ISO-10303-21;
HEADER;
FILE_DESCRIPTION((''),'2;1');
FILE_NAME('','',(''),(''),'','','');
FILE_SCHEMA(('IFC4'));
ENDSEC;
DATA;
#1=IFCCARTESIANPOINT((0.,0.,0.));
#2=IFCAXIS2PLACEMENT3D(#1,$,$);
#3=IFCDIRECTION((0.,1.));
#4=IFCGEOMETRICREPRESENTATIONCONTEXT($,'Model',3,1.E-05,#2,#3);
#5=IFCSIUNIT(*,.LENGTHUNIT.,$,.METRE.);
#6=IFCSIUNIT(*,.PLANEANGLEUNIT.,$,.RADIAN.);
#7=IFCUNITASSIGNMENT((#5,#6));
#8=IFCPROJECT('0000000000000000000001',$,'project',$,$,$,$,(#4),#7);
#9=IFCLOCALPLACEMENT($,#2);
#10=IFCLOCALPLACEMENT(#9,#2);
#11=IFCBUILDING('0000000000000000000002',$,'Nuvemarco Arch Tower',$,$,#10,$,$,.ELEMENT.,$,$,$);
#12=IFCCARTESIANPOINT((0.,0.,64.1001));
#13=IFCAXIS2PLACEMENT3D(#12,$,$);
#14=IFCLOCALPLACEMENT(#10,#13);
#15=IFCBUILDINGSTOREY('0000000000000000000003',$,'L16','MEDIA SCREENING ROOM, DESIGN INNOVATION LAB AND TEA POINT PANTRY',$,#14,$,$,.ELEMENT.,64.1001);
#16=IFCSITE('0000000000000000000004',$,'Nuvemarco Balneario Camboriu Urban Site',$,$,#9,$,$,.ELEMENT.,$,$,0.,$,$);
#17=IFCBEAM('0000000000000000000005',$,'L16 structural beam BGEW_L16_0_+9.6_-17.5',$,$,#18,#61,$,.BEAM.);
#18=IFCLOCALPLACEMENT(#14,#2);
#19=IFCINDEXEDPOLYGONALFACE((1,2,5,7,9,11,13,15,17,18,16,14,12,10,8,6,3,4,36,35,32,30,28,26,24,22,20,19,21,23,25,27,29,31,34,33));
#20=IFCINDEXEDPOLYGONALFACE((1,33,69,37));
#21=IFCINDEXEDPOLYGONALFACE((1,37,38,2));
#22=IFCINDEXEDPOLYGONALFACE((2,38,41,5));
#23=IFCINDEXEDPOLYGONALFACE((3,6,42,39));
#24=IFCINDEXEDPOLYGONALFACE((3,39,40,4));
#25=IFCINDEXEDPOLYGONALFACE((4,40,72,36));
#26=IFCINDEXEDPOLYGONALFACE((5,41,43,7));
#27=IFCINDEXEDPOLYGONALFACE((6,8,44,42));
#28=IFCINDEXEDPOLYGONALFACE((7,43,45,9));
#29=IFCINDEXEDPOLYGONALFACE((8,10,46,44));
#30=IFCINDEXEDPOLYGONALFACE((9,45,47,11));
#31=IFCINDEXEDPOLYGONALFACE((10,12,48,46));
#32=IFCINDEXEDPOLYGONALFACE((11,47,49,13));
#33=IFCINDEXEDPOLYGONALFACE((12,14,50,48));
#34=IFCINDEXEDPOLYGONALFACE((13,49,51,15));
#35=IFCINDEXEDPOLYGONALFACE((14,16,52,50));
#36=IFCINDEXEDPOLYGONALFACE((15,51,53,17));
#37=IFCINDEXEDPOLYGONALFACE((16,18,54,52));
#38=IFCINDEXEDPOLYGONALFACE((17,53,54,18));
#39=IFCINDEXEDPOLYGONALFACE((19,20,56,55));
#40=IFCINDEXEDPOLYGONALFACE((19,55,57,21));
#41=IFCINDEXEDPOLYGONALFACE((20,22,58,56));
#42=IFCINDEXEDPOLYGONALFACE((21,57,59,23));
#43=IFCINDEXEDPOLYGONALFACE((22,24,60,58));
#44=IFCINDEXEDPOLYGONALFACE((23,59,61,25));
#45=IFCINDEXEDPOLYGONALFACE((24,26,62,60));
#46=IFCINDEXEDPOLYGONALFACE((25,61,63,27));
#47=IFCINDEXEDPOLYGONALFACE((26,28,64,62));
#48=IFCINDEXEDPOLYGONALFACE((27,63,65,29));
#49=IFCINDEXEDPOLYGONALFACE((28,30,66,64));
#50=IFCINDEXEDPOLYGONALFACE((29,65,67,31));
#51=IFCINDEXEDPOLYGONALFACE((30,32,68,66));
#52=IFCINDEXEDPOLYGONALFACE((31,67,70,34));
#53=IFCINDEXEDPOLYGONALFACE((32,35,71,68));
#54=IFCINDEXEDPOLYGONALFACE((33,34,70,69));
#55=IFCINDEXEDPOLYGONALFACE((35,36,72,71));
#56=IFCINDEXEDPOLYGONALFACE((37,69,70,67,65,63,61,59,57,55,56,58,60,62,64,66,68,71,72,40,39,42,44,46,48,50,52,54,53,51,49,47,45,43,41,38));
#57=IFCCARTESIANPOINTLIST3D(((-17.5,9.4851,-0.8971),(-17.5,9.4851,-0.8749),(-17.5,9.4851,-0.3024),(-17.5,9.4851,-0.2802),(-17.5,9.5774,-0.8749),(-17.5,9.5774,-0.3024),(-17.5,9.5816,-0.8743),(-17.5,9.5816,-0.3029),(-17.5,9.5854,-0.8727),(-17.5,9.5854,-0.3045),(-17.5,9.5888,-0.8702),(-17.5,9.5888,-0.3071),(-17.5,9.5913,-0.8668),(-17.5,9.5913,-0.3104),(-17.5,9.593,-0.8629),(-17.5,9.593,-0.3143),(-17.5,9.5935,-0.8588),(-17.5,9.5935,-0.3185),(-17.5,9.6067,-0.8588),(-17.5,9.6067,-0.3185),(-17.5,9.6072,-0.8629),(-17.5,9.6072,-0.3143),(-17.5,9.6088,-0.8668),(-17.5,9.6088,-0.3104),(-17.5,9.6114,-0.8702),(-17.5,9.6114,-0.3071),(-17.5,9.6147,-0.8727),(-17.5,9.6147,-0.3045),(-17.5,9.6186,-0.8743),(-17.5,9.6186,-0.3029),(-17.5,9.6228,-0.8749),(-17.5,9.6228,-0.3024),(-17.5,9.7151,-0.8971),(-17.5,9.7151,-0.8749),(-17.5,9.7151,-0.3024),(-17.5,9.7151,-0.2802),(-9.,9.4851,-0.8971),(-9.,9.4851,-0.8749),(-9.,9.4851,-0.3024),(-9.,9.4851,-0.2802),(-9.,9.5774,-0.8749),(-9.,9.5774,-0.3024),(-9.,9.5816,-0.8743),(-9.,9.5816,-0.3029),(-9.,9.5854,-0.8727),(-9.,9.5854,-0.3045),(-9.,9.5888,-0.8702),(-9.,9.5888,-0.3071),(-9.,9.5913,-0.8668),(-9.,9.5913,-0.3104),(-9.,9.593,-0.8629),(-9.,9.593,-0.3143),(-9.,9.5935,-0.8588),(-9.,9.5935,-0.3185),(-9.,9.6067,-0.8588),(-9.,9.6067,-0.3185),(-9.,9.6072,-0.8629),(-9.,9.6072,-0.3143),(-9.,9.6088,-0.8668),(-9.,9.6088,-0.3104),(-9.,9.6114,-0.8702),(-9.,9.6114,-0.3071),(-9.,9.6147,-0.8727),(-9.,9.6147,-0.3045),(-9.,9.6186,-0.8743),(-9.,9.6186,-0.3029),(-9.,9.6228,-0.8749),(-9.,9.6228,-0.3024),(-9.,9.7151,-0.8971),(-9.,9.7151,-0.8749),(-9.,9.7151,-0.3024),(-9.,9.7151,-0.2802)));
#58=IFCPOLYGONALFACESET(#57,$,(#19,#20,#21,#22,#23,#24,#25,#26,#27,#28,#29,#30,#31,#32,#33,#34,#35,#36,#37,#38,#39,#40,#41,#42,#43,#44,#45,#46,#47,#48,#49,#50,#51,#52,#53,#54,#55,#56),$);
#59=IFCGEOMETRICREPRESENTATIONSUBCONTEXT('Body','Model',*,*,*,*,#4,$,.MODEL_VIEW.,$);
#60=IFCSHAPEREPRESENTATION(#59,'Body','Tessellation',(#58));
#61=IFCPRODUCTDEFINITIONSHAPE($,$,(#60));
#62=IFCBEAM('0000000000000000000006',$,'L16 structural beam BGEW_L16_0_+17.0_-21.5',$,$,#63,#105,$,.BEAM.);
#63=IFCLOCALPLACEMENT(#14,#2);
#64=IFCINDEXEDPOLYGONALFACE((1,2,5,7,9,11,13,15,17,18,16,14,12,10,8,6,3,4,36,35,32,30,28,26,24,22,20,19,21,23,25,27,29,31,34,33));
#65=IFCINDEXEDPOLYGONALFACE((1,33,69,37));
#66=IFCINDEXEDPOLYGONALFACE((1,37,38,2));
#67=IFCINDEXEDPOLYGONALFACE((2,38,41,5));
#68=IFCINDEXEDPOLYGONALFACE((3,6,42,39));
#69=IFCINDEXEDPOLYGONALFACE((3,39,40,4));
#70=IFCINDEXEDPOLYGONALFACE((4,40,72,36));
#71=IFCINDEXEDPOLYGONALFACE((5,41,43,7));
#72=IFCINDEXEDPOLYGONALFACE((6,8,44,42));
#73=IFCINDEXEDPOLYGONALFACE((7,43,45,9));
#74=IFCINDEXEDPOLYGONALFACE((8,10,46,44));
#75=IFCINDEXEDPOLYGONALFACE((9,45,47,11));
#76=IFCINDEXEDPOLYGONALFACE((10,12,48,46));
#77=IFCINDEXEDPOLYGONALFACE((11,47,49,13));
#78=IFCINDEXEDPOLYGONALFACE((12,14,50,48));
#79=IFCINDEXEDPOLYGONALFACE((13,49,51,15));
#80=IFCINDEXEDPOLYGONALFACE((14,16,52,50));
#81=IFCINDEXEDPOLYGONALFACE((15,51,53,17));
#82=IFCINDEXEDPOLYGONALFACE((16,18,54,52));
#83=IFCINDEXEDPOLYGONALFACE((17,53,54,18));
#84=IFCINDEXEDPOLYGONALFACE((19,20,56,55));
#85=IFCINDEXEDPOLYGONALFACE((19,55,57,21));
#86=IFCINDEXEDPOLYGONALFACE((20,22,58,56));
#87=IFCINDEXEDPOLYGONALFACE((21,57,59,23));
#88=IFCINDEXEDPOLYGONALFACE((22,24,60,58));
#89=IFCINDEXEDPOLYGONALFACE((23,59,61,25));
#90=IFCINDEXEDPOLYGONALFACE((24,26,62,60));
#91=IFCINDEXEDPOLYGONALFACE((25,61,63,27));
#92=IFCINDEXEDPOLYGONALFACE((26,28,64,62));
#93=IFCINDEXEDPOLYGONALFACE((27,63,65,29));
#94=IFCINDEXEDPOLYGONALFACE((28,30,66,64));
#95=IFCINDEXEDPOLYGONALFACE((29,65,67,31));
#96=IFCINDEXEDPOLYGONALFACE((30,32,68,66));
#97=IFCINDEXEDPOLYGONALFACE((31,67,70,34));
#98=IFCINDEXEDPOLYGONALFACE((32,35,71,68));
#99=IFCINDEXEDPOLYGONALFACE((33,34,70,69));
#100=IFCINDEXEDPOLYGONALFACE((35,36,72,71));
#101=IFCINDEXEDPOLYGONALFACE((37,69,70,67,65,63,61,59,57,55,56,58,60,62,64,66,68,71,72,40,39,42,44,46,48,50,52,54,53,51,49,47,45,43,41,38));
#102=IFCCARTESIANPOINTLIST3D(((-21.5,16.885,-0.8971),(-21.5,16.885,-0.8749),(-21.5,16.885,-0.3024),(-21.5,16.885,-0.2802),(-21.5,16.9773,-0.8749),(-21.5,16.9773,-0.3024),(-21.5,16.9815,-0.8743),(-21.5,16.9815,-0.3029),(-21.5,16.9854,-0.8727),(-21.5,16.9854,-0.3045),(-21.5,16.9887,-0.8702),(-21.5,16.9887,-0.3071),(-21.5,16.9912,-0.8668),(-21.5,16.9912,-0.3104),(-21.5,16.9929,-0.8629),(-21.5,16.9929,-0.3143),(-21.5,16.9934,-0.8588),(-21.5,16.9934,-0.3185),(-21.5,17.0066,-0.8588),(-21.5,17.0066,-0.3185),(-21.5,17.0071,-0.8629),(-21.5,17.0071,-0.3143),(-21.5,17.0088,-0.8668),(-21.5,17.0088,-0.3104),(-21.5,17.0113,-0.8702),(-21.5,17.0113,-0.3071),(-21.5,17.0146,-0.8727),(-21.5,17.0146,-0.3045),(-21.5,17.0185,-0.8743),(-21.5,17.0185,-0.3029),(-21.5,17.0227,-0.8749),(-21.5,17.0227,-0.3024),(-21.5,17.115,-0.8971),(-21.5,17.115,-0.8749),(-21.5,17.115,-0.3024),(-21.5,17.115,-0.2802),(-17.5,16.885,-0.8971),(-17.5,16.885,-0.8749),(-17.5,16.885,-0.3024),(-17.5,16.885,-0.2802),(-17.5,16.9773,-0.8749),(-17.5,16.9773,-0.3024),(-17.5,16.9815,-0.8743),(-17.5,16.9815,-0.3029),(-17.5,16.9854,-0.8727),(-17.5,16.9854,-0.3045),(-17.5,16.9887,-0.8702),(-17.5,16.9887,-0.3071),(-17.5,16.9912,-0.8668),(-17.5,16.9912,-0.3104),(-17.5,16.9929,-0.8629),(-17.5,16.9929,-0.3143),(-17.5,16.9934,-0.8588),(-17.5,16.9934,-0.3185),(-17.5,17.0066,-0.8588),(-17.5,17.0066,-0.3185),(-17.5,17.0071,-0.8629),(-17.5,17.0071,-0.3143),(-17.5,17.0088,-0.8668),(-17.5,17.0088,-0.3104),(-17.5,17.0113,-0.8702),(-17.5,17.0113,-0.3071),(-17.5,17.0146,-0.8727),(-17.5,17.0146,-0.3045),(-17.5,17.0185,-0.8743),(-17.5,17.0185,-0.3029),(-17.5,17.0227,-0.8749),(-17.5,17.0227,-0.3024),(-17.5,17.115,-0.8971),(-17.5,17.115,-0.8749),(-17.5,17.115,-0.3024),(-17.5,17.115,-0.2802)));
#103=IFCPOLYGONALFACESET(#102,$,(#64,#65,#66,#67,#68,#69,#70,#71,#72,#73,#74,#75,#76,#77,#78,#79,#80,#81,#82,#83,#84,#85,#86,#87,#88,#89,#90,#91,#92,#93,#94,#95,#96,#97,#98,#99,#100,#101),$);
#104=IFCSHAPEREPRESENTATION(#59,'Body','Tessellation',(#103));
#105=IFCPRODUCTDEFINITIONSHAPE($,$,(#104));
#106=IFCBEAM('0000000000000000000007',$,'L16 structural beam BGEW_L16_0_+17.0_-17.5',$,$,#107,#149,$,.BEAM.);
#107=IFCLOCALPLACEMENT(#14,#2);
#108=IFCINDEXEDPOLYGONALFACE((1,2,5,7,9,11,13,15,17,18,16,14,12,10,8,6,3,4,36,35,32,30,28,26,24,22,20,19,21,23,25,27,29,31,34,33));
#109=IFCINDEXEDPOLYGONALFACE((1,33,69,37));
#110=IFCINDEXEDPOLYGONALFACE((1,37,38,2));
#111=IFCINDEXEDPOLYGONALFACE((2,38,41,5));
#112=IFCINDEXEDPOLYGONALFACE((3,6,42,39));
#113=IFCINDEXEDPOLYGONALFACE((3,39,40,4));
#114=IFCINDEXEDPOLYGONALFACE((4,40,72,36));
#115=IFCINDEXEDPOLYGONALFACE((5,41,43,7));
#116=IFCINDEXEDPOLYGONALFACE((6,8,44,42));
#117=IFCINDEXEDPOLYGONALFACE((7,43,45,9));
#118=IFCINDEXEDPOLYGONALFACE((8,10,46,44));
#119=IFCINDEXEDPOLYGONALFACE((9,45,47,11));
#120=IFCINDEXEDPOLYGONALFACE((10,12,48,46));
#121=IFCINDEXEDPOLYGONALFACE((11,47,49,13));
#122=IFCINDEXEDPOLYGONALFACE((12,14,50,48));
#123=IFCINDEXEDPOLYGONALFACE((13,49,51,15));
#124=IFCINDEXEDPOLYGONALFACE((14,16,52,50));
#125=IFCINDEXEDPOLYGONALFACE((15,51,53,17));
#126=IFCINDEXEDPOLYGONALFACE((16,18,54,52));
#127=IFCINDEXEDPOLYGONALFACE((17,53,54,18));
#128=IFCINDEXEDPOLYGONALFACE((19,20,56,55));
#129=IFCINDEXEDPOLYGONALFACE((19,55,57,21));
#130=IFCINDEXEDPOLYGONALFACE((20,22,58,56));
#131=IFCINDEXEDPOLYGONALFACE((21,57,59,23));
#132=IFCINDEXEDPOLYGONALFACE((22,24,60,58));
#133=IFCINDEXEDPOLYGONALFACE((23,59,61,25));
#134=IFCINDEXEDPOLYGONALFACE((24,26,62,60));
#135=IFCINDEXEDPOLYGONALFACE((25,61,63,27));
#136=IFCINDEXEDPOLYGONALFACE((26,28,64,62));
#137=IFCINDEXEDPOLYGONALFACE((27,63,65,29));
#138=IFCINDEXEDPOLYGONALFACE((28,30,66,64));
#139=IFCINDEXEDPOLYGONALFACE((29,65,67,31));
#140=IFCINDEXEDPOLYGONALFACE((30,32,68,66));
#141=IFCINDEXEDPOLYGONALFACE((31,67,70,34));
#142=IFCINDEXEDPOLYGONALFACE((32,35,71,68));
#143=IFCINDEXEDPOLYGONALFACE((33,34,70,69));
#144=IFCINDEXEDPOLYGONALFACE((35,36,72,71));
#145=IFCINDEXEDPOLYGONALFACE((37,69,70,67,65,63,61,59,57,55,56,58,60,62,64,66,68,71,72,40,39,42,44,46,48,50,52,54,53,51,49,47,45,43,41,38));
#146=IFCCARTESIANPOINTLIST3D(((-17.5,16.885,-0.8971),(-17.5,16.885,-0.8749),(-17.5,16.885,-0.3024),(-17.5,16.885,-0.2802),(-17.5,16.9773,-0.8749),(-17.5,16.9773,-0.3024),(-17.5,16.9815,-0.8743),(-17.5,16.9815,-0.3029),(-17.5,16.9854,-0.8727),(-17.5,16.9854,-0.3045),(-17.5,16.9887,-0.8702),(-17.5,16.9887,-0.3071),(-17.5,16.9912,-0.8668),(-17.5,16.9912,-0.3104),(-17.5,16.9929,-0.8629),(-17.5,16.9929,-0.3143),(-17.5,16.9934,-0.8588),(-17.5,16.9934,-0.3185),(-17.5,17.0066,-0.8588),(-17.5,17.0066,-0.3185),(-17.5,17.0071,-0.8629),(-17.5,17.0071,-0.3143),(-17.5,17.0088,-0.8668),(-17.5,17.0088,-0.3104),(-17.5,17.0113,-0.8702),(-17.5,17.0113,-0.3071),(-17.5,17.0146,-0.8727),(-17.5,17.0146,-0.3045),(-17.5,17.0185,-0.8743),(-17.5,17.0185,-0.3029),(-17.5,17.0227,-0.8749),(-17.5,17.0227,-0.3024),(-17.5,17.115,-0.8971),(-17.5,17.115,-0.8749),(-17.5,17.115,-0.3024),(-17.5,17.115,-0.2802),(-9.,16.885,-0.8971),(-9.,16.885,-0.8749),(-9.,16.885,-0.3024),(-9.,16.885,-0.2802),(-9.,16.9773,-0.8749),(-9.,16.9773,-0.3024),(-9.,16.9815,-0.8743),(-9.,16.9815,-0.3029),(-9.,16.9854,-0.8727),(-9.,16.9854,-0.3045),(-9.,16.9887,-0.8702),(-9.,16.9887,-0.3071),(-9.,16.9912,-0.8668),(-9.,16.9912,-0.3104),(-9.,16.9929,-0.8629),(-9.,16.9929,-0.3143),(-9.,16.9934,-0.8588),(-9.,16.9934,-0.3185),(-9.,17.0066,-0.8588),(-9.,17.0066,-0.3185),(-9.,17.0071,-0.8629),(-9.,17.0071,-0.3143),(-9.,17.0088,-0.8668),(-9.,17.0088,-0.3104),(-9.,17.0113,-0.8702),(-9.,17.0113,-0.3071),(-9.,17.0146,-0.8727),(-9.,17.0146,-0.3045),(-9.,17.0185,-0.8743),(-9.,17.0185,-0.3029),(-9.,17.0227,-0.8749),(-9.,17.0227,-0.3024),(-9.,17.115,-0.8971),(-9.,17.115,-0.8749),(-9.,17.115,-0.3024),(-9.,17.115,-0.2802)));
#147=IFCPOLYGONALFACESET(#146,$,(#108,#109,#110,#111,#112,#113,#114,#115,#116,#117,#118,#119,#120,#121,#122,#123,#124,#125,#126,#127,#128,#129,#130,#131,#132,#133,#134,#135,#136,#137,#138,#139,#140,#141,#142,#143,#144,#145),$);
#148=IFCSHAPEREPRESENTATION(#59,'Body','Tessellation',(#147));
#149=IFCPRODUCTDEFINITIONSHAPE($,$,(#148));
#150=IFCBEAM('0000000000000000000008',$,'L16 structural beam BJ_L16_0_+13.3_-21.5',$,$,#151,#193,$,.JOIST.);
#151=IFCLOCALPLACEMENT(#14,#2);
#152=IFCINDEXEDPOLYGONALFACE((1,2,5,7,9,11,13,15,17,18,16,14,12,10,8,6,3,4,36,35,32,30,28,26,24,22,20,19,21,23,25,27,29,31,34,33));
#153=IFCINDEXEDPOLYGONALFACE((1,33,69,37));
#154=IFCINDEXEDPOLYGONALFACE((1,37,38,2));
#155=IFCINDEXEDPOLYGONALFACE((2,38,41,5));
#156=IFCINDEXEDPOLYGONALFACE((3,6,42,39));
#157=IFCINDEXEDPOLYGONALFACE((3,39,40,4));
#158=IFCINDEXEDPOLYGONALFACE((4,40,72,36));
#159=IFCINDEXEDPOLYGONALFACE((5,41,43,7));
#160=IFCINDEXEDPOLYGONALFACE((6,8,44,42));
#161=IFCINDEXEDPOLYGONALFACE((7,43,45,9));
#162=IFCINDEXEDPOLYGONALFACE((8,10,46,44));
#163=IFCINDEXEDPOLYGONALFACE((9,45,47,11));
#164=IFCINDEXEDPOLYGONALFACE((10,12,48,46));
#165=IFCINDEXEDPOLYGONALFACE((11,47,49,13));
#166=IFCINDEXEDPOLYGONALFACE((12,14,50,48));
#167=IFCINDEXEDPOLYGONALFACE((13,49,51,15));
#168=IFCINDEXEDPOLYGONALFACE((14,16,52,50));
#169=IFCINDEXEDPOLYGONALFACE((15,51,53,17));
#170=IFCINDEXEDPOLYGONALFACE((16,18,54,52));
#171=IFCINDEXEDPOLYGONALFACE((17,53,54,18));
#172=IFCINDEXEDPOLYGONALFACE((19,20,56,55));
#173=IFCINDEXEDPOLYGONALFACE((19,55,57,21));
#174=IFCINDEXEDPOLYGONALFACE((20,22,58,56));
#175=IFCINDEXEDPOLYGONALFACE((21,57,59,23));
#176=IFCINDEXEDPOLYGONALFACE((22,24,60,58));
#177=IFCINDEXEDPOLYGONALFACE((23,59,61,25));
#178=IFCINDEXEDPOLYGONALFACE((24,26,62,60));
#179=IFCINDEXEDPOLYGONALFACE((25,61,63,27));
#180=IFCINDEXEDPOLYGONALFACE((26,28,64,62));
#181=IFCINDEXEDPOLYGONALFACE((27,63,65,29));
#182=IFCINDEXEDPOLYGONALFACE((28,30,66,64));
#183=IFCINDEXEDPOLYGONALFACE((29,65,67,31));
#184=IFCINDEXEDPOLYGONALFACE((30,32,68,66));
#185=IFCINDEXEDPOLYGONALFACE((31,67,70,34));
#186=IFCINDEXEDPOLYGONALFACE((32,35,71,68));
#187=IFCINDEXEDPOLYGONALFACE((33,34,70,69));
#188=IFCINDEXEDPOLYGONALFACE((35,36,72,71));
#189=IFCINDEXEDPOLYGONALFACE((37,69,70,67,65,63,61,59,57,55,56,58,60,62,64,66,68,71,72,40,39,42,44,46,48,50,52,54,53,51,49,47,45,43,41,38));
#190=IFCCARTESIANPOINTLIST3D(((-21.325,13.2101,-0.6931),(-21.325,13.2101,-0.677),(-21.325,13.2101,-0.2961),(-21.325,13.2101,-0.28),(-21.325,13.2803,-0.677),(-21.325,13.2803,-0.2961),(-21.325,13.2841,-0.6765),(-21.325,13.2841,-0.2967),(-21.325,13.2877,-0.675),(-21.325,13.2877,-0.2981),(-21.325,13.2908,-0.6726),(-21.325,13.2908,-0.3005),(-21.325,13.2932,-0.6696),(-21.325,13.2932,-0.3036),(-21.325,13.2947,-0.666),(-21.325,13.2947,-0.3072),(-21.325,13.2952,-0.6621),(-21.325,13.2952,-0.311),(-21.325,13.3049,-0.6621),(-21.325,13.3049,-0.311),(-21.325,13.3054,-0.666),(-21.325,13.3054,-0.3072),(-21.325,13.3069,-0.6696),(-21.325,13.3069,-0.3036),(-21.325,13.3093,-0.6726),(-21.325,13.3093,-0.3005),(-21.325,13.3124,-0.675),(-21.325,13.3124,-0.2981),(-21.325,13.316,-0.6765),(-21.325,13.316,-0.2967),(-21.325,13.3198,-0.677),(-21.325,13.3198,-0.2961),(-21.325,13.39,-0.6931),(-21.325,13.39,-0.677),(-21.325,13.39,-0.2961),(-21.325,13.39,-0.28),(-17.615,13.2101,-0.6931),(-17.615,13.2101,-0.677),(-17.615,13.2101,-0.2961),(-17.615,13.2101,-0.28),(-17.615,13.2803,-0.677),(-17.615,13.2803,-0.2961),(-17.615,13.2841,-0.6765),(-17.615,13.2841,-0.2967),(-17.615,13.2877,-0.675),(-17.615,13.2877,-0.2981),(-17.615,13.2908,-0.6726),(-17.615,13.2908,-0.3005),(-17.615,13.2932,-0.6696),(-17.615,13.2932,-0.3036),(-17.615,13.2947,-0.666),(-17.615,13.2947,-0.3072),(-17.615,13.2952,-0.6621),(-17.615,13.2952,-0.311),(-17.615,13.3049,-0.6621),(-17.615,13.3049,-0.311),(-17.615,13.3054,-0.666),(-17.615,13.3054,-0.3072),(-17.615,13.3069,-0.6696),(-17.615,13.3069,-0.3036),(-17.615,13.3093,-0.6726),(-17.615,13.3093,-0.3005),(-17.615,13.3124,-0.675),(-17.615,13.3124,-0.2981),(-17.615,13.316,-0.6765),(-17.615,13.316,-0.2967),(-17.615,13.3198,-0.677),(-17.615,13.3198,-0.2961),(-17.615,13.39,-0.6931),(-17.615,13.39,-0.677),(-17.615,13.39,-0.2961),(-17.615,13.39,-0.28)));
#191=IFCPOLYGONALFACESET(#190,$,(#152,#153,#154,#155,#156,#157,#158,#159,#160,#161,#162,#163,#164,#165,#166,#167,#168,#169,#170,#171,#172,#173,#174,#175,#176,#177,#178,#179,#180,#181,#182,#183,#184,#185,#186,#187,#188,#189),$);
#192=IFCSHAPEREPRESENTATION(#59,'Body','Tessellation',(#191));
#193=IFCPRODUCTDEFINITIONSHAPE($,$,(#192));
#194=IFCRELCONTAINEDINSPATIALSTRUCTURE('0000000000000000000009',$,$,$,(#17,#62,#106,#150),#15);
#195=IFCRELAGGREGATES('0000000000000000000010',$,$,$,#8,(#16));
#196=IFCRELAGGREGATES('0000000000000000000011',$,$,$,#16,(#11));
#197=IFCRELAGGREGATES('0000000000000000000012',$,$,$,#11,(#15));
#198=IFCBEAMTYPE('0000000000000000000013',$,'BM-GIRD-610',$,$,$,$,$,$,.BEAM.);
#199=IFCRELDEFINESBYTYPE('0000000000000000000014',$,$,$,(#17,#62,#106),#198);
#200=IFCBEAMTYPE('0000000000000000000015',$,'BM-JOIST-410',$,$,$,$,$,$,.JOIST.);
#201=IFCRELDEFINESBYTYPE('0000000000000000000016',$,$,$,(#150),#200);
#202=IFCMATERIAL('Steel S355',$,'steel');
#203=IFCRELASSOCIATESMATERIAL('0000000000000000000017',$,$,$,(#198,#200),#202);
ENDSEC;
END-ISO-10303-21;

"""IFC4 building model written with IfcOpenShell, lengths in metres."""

from ifc_helpers import new_model, si_unit, direction, frame, origin, origin_2d, place, context, subcontext, project, spatial, i_section, extrude, material, material_profile, profile_set, type_object, element, save


model = new_model("IFC4")

# Units and contexts
model_context = context("Model", 3, precision=1e-05, world=origin(), true_north=direction((0.0, 1.0)))
body_context = subcontext(model_context, "Body", "Model", "MODEL_VIEW")
ifc_project = project(units=[si_unit("LENGTHUNIT", "METRE"), si_unit("PLANEANGLEUNIT", "RADIAN")], contexts=[model_context])

# Site, building, storey
site_placement = place(None, origin())
site = spatial("IfcSite", under=ifc_project, at=site_placement, Name="Nuvemarco Balneario Camboriu Urban Site", CompositionType="ELEMENT", RefElevation=0.0)
building_placement = place(site_placement, origin())
building = spatial("IfcBuilding", under=site, at=building_placement, Name="Nuvemarco Arch Tower", CompositionType="ELEMENT")
storey_placement = place(building_placement, frame((0.0, 0.0, 64.1001)))
storey = spatial("IfcBuildingStorey", under=building, at=storey_placement, Name="L16", Description="MEDIA SCREENING ROOM, DESIGN INNOVATION LAB AND TEA POINT PANTRY", CompositionType="ELEMENT", Elevation=64.1001)

# Shared definitions
ifc_material_1 = material(Name="Steel S355", Category="steel")

# Beams
ifc_material_profile_1 = material_profile(ifc_material_1, i_section(OverallWidth=0.23, OverallDepth=0.6169, WebThickness=0.0132, FlangeThickness=0.0222, FilletRadius=0.0161, at=origin_2d()), Name="W610x140")
ifc_profile_set_1 = profile_set([ifc_material_profile_1], Name="Steel S355")
beam_type_1 = type_object("IfcBeamType", Name="BM-GIRD-610", PredefinedType="BEAM", material=ifc_profile_set_1)
beam_1_placement = place(storey_placement, frame((-17.5, 9.6001, -0.5886), z_axis=(1.0, 0.0, 0.0), x_axis=(0.0, 1.0, 0.0)))
element("IfcBeam", 1, at=beam_1_placement, inside=storey, type_object=beam_type_1, Name="L16 structural beam BGEW_L16_0_+9.6_-17.5", PredefinedType="BEAM", context=body_context, shape_type="SweptSolid", body=[
    extrude(i_section(OverallWidth=0.23, OverallDepth=0.6169, WebThickness=0.0132, FlangeThickness=0.0222, FilletRadius=0.0161, at=origin_2d()), origin(), (0.0, 0.0, 1.0), 8.5),
])
beam_2_placement = place(storey_placement, frame((-21.5, 17.0, -0.5886), z_axis=(1.0, 0.0, 0.0), x_axis=(0.0, 1.0, 0.0)))
element("IfcBeam", 2, at=beam_2_placement, inside=storey, type_object=beam_type_1, Name="L16 structural beam BGEW_L16_0_+17.0_-21.5", PredefinedType="BEAM", context=body_context, shape_type="SweptSolid", body=[
    extrude(i_section(OverallWidth=0.23, OverallDepth=0.6169, WebThickness=0.0132, FlangeThickness=0.0222, FilletRadius=0.0161, at=origin_2d()), origin(), (0.0, 0.0, 1.0), 4.0),
])
beam_3_placement = place(storey_placement, frame((-17.5, 17.0, -0.5886), z_axis=(1.0, 0.0, 0.0), x_axis=(0.0, 1.0, 0.0)))
element("IfcBeam", 3, at=beam_3_placement, inside=storey, type_object=beam_type_1, Name="L16 structural beam BGEW_L16_0_+17.0_-17.5", PredefinedType="BEAM", context=body_context, shape_type="SweptSolid", body=[
    extrude(i_section(OverallWidth=0.23, OverallDepth=0.6169, WebThickness=0.0132, FlangeThickness=0.0222, FilletRadius=0.0161, at=origin_2d()), origin(), (0.0, 0.0, 1.0), 8.5),
])
ifc_material_profile_2 = material_profile(ifc_material_1, i_section(OverallWidth=0.1799, OverallDepth=0.4131, WebThickness=0.0098, FlangeThickness=0.0161, FilletRadius=0.0149, at=origin_2d()), Name="W410x75")
ifc_profile_set_2 = profile_set([ifc_material_profile_2], Name="Steel S355")
beam_type_2 = type_object("IfcBeamType", Name="BM-JOIST-410", PredefinedType="JOIST", material=ifc_profile_set_2)
beam_4_placement = place(storey_placement, frame((-21.325, 13.3, -0.4866), z_axis=(1.0, 0.0, 0.0), x_axis=(0.0, 1.0, 0.0)))
element("IfcBeam", 4, at=beam_4_placement, inside=storey, type_object=beam_type_2, Name="L16 structural beam BJ_L16_0_+13.3_-21.5", PredefinedType="JOIST", context=body_context, shape_type="SweptSolid", body=[
    extrude(i_section(OverallWidth=0.1799, OverallDepth=0.4131, WebThickness=0.0098, FlangeThickness=0.0161, FilletRadius=0.0149, at=origin_2d()), origin(), (0.0, 0.0, 1.0), 3.71),
])

save(model, "model.ifc")
